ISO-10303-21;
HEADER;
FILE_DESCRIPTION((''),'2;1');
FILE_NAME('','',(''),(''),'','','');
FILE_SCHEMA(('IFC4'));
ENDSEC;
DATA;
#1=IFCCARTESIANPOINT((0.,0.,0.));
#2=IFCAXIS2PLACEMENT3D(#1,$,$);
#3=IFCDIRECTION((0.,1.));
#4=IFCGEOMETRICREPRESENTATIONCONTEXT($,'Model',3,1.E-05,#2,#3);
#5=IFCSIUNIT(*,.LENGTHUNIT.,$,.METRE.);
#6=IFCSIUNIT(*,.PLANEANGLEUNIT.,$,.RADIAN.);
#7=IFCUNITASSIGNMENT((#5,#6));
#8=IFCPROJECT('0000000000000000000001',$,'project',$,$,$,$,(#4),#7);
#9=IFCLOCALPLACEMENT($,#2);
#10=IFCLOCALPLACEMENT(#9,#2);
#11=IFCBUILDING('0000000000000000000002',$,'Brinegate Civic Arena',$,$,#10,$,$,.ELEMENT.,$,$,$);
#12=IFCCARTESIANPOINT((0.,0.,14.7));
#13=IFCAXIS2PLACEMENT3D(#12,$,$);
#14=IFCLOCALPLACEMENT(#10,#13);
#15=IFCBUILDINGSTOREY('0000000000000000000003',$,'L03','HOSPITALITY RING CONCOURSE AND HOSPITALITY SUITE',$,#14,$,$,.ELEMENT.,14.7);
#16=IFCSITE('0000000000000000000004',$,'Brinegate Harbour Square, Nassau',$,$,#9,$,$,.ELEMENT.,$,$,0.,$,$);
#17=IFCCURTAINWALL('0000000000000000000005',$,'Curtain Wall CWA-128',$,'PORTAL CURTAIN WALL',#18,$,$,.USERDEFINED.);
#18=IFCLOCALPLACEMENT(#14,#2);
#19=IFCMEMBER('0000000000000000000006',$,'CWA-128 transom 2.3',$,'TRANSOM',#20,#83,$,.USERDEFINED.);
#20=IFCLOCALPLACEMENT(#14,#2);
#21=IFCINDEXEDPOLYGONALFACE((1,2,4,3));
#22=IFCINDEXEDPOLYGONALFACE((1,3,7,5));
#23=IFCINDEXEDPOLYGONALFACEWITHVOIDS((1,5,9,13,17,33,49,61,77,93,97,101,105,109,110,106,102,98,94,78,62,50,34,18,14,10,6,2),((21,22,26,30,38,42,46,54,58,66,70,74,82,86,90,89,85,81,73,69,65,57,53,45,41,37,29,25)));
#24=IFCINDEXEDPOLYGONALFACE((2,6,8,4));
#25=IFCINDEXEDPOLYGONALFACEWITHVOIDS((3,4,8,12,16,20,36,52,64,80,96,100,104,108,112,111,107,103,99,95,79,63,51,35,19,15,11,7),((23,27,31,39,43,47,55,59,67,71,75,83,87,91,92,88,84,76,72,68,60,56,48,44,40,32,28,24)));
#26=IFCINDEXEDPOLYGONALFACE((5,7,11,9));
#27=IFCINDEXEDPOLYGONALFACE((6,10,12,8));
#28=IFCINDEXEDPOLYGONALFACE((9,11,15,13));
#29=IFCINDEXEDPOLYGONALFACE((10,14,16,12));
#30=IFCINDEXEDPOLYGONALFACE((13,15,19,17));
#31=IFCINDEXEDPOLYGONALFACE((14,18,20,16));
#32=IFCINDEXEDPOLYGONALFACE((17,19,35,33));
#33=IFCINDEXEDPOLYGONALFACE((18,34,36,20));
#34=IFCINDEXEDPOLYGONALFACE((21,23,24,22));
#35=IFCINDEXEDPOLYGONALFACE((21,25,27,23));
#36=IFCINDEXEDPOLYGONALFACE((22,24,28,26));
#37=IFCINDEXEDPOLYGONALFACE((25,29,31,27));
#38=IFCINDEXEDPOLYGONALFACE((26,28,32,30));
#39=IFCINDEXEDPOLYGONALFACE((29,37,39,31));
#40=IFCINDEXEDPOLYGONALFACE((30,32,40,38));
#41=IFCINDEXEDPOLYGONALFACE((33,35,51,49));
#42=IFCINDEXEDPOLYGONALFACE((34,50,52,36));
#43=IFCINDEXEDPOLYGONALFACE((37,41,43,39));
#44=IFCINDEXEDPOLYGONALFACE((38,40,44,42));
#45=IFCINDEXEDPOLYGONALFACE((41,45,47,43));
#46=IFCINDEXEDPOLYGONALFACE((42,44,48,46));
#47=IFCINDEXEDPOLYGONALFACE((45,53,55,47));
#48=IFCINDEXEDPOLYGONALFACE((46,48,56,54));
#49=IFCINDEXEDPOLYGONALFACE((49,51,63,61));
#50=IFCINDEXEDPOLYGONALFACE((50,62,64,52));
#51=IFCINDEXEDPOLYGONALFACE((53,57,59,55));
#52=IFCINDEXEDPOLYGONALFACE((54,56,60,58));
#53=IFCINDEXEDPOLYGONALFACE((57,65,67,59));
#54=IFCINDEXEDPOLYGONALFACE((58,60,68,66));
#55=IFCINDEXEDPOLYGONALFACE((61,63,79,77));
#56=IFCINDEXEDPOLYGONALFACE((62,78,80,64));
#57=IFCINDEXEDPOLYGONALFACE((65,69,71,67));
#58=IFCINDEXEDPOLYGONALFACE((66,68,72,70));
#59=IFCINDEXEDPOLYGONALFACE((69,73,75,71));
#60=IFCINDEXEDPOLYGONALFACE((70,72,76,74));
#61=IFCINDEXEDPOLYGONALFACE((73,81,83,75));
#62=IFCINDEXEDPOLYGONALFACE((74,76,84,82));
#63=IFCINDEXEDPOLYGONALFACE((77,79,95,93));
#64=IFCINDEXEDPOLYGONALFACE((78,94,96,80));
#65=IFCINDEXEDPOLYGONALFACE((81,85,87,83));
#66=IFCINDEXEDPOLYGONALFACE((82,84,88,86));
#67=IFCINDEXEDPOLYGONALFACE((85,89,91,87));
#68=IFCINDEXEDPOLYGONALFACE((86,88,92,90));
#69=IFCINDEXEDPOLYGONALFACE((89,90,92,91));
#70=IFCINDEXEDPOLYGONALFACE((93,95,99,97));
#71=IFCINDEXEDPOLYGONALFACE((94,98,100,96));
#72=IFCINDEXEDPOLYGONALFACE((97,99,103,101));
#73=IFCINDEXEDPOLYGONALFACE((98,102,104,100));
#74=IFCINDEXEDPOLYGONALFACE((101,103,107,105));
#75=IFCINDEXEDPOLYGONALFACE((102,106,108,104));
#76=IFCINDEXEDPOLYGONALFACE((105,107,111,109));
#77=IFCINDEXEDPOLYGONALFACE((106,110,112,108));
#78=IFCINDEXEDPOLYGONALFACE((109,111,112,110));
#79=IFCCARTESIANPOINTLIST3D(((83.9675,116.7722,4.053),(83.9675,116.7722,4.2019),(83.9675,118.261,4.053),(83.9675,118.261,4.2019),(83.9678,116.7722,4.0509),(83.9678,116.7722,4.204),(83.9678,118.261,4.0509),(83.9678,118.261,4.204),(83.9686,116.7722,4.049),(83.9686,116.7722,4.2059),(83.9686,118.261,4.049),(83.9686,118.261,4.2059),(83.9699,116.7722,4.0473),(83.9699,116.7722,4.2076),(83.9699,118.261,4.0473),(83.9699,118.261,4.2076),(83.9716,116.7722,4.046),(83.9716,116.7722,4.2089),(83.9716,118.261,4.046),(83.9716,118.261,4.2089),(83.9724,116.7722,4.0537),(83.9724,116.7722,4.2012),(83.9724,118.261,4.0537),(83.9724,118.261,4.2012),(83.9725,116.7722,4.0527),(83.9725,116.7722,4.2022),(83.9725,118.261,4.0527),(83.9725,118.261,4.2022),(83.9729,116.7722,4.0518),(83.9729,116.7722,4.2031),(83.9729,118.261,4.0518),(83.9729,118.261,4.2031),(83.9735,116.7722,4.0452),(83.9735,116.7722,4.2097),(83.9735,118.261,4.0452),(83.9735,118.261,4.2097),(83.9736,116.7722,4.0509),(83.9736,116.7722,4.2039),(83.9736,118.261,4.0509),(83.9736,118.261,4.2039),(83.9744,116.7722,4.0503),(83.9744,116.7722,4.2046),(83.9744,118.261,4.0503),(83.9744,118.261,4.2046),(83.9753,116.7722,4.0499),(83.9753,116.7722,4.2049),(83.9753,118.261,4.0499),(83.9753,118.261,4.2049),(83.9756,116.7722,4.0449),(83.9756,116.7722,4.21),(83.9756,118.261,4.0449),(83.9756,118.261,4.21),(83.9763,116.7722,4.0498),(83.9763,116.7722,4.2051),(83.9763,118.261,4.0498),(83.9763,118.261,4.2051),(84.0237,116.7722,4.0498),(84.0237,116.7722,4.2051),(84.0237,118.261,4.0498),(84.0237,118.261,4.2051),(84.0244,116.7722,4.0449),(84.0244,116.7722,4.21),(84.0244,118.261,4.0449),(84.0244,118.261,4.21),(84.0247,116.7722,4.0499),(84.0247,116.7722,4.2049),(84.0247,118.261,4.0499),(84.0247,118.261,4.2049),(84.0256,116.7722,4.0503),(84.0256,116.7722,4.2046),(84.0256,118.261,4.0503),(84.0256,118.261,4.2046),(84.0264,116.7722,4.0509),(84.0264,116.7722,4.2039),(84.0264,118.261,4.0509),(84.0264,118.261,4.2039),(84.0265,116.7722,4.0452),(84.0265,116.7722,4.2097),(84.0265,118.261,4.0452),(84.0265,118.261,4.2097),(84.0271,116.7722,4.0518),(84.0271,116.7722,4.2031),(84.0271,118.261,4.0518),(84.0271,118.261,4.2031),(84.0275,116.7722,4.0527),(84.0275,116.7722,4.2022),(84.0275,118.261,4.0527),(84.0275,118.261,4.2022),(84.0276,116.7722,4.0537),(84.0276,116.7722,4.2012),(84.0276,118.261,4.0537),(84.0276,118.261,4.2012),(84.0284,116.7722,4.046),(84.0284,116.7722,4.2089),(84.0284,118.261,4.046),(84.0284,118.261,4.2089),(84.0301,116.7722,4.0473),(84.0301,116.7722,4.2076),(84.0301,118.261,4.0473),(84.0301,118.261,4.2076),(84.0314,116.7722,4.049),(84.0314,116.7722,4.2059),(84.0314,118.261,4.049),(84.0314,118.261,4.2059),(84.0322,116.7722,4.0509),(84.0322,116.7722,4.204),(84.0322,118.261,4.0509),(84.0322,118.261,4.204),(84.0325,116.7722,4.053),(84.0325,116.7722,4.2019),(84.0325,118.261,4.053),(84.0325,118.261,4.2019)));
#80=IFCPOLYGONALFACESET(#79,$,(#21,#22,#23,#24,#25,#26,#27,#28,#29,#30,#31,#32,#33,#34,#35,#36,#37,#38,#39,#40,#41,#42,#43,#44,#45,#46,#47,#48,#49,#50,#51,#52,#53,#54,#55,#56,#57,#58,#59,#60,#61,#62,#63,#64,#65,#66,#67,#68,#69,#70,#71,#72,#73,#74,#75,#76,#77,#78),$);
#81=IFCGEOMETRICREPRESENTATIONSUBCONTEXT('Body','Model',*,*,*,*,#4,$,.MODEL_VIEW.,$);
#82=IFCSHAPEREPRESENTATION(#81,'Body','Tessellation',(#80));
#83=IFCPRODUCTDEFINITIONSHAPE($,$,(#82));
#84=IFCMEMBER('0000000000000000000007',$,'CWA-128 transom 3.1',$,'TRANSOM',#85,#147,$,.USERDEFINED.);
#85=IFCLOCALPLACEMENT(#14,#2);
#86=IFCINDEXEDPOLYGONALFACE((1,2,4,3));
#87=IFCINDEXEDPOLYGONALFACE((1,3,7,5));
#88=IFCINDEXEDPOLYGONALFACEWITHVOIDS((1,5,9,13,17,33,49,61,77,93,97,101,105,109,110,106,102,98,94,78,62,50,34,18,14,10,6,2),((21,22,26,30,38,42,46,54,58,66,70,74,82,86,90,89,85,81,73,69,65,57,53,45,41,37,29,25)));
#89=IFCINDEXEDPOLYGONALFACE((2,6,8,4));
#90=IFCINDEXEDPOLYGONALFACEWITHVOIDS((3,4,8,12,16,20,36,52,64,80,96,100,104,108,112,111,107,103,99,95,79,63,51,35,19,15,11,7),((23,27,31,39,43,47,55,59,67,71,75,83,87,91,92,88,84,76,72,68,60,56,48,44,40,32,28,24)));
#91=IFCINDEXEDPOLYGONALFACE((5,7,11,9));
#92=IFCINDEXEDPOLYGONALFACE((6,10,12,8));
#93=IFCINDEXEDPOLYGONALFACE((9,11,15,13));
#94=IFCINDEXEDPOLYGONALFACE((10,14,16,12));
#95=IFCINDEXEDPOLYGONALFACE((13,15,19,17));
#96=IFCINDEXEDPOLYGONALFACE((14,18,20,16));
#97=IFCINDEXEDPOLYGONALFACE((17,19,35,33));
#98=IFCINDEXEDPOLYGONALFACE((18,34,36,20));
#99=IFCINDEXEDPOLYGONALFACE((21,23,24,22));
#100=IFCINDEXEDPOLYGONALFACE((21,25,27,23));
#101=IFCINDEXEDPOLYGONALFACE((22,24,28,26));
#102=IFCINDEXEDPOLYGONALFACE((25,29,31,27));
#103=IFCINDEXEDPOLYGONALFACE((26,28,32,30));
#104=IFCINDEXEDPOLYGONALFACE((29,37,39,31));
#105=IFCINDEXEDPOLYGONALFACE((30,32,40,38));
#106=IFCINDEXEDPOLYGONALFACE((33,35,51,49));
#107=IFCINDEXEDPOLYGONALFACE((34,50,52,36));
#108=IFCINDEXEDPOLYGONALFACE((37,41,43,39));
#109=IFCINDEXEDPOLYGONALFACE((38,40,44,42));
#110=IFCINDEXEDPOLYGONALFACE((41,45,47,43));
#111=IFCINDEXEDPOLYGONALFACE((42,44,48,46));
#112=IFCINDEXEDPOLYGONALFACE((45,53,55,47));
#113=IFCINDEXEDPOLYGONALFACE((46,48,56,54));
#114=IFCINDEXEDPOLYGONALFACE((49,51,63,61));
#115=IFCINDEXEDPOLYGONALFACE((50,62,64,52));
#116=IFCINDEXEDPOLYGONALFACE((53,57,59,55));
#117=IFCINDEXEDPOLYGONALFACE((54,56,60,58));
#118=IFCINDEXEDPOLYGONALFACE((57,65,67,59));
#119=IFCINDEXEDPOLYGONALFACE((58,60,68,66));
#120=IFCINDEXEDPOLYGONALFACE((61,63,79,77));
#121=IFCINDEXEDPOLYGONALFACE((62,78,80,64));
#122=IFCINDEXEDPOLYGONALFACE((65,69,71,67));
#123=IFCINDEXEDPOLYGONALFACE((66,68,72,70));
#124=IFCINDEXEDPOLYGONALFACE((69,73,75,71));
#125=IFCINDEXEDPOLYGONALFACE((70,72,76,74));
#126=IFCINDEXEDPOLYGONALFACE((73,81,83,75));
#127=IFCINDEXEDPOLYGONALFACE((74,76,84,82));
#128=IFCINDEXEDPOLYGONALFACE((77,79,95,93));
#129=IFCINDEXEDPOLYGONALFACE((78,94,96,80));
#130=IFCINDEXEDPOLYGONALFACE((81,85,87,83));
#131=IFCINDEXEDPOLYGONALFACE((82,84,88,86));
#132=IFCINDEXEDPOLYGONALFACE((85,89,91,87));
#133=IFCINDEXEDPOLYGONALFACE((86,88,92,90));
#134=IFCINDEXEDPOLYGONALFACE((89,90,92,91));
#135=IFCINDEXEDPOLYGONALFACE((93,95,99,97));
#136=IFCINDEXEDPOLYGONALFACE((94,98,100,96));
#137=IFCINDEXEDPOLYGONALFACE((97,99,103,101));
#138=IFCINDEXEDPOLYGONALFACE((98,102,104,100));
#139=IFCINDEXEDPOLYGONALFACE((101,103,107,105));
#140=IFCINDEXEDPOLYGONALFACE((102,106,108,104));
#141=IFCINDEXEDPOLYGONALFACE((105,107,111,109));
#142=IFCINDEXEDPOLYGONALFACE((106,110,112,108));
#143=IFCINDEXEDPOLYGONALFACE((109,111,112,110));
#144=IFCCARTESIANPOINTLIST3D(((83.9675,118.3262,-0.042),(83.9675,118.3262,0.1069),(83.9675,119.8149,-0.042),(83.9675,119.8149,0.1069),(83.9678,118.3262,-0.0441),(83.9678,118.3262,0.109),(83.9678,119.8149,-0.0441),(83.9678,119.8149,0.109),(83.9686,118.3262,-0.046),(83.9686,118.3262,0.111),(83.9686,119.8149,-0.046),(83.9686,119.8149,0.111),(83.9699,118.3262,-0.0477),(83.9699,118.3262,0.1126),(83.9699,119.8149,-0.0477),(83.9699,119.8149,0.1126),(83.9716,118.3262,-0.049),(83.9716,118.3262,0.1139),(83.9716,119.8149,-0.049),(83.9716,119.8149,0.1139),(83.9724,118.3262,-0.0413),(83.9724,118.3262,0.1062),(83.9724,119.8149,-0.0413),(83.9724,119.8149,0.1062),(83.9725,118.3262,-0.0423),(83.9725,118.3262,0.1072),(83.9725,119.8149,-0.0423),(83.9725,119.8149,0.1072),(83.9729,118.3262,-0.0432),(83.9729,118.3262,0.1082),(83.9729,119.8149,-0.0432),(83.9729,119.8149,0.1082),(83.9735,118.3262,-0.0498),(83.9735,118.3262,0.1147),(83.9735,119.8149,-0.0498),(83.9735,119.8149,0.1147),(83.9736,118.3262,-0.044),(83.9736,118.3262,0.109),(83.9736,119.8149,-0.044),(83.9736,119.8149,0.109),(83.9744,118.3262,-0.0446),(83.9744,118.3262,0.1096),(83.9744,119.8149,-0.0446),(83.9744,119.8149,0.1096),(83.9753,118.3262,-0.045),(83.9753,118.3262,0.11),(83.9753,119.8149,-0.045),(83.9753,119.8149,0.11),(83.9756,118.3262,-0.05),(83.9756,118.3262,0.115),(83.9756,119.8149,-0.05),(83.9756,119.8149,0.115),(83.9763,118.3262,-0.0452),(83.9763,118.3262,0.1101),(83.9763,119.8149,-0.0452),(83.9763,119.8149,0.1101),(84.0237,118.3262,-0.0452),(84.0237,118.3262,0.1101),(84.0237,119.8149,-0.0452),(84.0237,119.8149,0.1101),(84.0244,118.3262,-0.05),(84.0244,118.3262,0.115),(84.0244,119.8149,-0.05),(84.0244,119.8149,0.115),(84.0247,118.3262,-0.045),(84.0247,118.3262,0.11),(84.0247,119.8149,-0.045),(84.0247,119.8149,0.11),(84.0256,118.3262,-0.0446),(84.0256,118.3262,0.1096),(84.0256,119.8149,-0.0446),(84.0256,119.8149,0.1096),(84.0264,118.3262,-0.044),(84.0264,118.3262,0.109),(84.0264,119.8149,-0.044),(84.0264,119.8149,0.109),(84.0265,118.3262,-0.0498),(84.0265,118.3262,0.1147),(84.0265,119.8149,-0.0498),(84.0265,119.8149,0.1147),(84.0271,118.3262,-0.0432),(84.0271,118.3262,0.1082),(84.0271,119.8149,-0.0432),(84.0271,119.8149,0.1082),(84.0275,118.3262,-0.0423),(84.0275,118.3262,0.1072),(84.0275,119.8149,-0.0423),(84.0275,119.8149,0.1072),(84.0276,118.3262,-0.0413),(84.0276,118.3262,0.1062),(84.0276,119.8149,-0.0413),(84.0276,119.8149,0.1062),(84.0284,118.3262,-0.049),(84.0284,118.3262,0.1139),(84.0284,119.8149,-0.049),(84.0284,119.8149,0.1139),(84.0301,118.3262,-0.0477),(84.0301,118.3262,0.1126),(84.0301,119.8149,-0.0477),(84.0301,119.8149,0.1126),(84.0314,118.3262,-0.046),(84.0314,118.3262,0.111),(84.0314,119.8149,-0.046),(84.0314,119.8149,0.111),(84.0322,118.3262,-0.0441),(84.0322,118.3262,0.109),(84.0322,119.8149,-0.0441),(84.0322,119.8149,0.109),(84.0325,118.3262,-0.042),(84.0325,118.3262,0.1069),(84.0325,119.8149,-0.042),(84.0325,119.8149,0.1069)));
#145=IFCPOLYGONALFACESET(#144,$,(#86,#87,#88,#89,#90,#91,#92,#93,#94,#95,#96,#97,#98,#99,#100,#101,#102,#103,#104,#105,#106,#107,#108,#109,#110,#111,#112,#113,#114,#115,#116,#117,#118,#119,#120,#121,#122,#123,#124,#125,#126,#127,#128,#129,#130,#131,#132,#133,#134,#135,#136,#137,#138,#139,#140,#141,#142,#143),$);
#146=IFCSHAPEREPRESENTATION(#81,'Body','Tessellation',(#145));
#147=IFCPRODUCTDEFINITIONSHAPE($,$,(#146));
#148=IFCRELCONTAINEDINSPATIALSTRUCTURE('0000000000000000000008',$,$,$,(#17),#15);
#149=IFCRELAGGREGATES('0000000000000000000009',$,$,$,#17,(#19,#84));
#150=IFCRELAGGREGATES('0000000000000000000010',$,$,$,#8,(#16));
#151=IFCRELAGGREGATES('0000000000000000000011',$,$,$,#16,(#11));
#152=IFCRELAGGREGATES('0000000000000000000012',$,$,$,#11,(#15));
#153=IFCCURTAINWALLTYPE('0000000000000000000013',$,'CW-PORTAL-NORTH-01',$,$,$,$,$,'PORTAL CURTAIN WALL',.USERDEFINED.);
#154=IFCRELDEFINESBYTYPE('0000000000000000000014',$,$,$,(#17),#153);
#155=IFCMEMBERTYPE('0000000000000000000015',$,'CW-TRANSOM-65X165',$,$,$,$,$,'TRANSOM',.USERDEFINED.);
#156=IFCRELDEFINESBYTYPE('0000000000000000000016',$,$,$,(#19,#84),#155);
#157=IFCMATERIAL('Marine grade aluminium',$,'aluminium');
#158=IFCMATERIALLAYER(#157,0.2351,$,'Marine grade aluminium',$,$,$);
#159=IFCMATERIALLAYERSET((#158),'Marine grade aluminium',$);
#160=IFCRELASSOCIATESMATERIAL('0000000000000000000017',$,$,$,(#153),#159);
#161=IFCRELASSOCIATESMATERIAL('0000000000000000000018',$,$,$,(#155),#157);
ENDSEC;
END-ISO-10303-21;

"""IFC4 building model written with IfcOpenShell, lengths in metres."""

from ifc_helpers import new_model, si_unit, direction, frame, origin, origin_2d, place, context, subcontext, project, spatial, hollow_rectangle, extrude, material, layer, layer_set, material_profile, profile_set, type_object, element, aggregate, save


model = new_model("IFC4")

# Units and contexts
model_context = context("Model", 3, precision=1e-05, world=origin(), true_north=direction((0.0, 1.0)))
body_context = subcontext(model_context, "Body", "Model", "MODEL_VIEW")
ifc_project = project(units=[si_unit("LENGTHUNIT", "METRE"), si_unit("PLANEANGLEUNIT", "RADIAN")], contexts=[model_context])

# Site, building, storey
site_placement = place(None, origin())
site = spatial("IfcSite", under=ifc_project, at=site_placement, Name="Brinegate Harbour Square, Nassau", CompositionType="ELEMENT", RefElevation=0.0)
building_placement = place(site_placement, origin())
building = spatial("IfcBuilding", under=site, at=building_placement, Name="Brinegate Civic Arena", CompositionType="ELEMENT")
storey_placement = place(building_placement, frame((0.0, 0.0, 14.7)))
storey = spatial("IfcBuildingStorey", under=building, at=storey_placement, Name="L03", Description="HOSPITALITY RING CONCOURSE AND HOSPITALITY SUITE", CompositionType="ELEMENT", Elevation=14.7)

# Curtain wall, members
ifc_material_1 = material(Name="Marine grade aluminium", Category="aluminium")
ifc_layer_1 = layer(ifc_material_1, 0.2351, Name="Marine grade aluminium")
ifc_layer_set_1 = layer_set([ifc_layer_1], Name="Marine grade aluminium")
curtain_wall_type = type_object("IfcCurtainWallType", Name="CW-PORTAL-NORTH-01", ElementType="PORTAL CURTAIN WALL", PredefinedType="USERDEFINED", material=ifc_layer_set_1)
curtain_wall_placement = place(storey_placement, origin())
curtain_wall = element("IfcCurtainWall", 1, at=curtain_wall_placement, inside=storey, type_object=curtain_wall_type, Name="Curtain Wall CWA-128", ObjectType="PORTAL CURTAIN WALL", PredefinedType="USERDEFINED")
ifc_material_profile_1 = material_profile(ifc_material_1, hollow_rectangle(XDim=0.0649, YDim=0.165, WallThickness=0.0049, InnerFilletRadius=0.0039, OuterFilletRadius=0.0081, at=origin_2d()), Name="TRN65X165")
ifc_profile_set_1 = profile_set([ifc_material_profile_1], Name="Marine grade aluminium")
member_type_1 = type_object("IfcMemberType", Name="CW-TRANSOM-65X165", ElementType="TRANSOM", PredefinedType="USERDEFINED", material=ifc_profile_set_1)
member_1_placement = place(storey_placement, frame((84.0, 116.7722, 4.1274), z_axis=(0.0, 1.0, 0.0), x_axis=(-1.0, 0.0, 0.0)))
member_1 = element("IfcMember", 2, at=member_1_placement, type_object=member_type_1, Name="CWA-128 transom 2.3", ObjectType="TRANSOM", PredefinedType="USERDEFINED", context=body_context, shape_type="SweptSolid", body=[
    extrude(hollow_rectangle(XDim=0.0649, YDim=0.165, WallThickness=0.0049, InnerFilletRadius=0.0039, OuterFilletRadius=0.0081, at=origin_2d()), origin(), (0.0, 0.0, 1.0), 1.4888),
])
member_2_placement = place(storey_placement, frame((84.0, 118.3262, 0.0325), z_axis=(0.0, 1.0, 0.0), x_axis=(-1.0, 0.0, 0.0)))
member_2 = element("IfcMember", 3, at=member_2_placement, type_object=member_type_1, Name="CWA-128 transom 3.1", ObjectType="TRANSOM", PredefinedType="USERDEFINED", context=body_context, shape_type="SweptSolid", body=[
    extrude(hollow_rectangle(XDim=0.0649, YDim=0.165, WallThickness=0.0049, InnerFilletRadius=0.0039, OuterFilletRadius=0.0081, at=origin_2d()), origin(), (0.0, 0.0, 1.0), 1.4888),
])

aggregate(curtain_wall, [member_1, member_2])

save(model, "model.ifc")
